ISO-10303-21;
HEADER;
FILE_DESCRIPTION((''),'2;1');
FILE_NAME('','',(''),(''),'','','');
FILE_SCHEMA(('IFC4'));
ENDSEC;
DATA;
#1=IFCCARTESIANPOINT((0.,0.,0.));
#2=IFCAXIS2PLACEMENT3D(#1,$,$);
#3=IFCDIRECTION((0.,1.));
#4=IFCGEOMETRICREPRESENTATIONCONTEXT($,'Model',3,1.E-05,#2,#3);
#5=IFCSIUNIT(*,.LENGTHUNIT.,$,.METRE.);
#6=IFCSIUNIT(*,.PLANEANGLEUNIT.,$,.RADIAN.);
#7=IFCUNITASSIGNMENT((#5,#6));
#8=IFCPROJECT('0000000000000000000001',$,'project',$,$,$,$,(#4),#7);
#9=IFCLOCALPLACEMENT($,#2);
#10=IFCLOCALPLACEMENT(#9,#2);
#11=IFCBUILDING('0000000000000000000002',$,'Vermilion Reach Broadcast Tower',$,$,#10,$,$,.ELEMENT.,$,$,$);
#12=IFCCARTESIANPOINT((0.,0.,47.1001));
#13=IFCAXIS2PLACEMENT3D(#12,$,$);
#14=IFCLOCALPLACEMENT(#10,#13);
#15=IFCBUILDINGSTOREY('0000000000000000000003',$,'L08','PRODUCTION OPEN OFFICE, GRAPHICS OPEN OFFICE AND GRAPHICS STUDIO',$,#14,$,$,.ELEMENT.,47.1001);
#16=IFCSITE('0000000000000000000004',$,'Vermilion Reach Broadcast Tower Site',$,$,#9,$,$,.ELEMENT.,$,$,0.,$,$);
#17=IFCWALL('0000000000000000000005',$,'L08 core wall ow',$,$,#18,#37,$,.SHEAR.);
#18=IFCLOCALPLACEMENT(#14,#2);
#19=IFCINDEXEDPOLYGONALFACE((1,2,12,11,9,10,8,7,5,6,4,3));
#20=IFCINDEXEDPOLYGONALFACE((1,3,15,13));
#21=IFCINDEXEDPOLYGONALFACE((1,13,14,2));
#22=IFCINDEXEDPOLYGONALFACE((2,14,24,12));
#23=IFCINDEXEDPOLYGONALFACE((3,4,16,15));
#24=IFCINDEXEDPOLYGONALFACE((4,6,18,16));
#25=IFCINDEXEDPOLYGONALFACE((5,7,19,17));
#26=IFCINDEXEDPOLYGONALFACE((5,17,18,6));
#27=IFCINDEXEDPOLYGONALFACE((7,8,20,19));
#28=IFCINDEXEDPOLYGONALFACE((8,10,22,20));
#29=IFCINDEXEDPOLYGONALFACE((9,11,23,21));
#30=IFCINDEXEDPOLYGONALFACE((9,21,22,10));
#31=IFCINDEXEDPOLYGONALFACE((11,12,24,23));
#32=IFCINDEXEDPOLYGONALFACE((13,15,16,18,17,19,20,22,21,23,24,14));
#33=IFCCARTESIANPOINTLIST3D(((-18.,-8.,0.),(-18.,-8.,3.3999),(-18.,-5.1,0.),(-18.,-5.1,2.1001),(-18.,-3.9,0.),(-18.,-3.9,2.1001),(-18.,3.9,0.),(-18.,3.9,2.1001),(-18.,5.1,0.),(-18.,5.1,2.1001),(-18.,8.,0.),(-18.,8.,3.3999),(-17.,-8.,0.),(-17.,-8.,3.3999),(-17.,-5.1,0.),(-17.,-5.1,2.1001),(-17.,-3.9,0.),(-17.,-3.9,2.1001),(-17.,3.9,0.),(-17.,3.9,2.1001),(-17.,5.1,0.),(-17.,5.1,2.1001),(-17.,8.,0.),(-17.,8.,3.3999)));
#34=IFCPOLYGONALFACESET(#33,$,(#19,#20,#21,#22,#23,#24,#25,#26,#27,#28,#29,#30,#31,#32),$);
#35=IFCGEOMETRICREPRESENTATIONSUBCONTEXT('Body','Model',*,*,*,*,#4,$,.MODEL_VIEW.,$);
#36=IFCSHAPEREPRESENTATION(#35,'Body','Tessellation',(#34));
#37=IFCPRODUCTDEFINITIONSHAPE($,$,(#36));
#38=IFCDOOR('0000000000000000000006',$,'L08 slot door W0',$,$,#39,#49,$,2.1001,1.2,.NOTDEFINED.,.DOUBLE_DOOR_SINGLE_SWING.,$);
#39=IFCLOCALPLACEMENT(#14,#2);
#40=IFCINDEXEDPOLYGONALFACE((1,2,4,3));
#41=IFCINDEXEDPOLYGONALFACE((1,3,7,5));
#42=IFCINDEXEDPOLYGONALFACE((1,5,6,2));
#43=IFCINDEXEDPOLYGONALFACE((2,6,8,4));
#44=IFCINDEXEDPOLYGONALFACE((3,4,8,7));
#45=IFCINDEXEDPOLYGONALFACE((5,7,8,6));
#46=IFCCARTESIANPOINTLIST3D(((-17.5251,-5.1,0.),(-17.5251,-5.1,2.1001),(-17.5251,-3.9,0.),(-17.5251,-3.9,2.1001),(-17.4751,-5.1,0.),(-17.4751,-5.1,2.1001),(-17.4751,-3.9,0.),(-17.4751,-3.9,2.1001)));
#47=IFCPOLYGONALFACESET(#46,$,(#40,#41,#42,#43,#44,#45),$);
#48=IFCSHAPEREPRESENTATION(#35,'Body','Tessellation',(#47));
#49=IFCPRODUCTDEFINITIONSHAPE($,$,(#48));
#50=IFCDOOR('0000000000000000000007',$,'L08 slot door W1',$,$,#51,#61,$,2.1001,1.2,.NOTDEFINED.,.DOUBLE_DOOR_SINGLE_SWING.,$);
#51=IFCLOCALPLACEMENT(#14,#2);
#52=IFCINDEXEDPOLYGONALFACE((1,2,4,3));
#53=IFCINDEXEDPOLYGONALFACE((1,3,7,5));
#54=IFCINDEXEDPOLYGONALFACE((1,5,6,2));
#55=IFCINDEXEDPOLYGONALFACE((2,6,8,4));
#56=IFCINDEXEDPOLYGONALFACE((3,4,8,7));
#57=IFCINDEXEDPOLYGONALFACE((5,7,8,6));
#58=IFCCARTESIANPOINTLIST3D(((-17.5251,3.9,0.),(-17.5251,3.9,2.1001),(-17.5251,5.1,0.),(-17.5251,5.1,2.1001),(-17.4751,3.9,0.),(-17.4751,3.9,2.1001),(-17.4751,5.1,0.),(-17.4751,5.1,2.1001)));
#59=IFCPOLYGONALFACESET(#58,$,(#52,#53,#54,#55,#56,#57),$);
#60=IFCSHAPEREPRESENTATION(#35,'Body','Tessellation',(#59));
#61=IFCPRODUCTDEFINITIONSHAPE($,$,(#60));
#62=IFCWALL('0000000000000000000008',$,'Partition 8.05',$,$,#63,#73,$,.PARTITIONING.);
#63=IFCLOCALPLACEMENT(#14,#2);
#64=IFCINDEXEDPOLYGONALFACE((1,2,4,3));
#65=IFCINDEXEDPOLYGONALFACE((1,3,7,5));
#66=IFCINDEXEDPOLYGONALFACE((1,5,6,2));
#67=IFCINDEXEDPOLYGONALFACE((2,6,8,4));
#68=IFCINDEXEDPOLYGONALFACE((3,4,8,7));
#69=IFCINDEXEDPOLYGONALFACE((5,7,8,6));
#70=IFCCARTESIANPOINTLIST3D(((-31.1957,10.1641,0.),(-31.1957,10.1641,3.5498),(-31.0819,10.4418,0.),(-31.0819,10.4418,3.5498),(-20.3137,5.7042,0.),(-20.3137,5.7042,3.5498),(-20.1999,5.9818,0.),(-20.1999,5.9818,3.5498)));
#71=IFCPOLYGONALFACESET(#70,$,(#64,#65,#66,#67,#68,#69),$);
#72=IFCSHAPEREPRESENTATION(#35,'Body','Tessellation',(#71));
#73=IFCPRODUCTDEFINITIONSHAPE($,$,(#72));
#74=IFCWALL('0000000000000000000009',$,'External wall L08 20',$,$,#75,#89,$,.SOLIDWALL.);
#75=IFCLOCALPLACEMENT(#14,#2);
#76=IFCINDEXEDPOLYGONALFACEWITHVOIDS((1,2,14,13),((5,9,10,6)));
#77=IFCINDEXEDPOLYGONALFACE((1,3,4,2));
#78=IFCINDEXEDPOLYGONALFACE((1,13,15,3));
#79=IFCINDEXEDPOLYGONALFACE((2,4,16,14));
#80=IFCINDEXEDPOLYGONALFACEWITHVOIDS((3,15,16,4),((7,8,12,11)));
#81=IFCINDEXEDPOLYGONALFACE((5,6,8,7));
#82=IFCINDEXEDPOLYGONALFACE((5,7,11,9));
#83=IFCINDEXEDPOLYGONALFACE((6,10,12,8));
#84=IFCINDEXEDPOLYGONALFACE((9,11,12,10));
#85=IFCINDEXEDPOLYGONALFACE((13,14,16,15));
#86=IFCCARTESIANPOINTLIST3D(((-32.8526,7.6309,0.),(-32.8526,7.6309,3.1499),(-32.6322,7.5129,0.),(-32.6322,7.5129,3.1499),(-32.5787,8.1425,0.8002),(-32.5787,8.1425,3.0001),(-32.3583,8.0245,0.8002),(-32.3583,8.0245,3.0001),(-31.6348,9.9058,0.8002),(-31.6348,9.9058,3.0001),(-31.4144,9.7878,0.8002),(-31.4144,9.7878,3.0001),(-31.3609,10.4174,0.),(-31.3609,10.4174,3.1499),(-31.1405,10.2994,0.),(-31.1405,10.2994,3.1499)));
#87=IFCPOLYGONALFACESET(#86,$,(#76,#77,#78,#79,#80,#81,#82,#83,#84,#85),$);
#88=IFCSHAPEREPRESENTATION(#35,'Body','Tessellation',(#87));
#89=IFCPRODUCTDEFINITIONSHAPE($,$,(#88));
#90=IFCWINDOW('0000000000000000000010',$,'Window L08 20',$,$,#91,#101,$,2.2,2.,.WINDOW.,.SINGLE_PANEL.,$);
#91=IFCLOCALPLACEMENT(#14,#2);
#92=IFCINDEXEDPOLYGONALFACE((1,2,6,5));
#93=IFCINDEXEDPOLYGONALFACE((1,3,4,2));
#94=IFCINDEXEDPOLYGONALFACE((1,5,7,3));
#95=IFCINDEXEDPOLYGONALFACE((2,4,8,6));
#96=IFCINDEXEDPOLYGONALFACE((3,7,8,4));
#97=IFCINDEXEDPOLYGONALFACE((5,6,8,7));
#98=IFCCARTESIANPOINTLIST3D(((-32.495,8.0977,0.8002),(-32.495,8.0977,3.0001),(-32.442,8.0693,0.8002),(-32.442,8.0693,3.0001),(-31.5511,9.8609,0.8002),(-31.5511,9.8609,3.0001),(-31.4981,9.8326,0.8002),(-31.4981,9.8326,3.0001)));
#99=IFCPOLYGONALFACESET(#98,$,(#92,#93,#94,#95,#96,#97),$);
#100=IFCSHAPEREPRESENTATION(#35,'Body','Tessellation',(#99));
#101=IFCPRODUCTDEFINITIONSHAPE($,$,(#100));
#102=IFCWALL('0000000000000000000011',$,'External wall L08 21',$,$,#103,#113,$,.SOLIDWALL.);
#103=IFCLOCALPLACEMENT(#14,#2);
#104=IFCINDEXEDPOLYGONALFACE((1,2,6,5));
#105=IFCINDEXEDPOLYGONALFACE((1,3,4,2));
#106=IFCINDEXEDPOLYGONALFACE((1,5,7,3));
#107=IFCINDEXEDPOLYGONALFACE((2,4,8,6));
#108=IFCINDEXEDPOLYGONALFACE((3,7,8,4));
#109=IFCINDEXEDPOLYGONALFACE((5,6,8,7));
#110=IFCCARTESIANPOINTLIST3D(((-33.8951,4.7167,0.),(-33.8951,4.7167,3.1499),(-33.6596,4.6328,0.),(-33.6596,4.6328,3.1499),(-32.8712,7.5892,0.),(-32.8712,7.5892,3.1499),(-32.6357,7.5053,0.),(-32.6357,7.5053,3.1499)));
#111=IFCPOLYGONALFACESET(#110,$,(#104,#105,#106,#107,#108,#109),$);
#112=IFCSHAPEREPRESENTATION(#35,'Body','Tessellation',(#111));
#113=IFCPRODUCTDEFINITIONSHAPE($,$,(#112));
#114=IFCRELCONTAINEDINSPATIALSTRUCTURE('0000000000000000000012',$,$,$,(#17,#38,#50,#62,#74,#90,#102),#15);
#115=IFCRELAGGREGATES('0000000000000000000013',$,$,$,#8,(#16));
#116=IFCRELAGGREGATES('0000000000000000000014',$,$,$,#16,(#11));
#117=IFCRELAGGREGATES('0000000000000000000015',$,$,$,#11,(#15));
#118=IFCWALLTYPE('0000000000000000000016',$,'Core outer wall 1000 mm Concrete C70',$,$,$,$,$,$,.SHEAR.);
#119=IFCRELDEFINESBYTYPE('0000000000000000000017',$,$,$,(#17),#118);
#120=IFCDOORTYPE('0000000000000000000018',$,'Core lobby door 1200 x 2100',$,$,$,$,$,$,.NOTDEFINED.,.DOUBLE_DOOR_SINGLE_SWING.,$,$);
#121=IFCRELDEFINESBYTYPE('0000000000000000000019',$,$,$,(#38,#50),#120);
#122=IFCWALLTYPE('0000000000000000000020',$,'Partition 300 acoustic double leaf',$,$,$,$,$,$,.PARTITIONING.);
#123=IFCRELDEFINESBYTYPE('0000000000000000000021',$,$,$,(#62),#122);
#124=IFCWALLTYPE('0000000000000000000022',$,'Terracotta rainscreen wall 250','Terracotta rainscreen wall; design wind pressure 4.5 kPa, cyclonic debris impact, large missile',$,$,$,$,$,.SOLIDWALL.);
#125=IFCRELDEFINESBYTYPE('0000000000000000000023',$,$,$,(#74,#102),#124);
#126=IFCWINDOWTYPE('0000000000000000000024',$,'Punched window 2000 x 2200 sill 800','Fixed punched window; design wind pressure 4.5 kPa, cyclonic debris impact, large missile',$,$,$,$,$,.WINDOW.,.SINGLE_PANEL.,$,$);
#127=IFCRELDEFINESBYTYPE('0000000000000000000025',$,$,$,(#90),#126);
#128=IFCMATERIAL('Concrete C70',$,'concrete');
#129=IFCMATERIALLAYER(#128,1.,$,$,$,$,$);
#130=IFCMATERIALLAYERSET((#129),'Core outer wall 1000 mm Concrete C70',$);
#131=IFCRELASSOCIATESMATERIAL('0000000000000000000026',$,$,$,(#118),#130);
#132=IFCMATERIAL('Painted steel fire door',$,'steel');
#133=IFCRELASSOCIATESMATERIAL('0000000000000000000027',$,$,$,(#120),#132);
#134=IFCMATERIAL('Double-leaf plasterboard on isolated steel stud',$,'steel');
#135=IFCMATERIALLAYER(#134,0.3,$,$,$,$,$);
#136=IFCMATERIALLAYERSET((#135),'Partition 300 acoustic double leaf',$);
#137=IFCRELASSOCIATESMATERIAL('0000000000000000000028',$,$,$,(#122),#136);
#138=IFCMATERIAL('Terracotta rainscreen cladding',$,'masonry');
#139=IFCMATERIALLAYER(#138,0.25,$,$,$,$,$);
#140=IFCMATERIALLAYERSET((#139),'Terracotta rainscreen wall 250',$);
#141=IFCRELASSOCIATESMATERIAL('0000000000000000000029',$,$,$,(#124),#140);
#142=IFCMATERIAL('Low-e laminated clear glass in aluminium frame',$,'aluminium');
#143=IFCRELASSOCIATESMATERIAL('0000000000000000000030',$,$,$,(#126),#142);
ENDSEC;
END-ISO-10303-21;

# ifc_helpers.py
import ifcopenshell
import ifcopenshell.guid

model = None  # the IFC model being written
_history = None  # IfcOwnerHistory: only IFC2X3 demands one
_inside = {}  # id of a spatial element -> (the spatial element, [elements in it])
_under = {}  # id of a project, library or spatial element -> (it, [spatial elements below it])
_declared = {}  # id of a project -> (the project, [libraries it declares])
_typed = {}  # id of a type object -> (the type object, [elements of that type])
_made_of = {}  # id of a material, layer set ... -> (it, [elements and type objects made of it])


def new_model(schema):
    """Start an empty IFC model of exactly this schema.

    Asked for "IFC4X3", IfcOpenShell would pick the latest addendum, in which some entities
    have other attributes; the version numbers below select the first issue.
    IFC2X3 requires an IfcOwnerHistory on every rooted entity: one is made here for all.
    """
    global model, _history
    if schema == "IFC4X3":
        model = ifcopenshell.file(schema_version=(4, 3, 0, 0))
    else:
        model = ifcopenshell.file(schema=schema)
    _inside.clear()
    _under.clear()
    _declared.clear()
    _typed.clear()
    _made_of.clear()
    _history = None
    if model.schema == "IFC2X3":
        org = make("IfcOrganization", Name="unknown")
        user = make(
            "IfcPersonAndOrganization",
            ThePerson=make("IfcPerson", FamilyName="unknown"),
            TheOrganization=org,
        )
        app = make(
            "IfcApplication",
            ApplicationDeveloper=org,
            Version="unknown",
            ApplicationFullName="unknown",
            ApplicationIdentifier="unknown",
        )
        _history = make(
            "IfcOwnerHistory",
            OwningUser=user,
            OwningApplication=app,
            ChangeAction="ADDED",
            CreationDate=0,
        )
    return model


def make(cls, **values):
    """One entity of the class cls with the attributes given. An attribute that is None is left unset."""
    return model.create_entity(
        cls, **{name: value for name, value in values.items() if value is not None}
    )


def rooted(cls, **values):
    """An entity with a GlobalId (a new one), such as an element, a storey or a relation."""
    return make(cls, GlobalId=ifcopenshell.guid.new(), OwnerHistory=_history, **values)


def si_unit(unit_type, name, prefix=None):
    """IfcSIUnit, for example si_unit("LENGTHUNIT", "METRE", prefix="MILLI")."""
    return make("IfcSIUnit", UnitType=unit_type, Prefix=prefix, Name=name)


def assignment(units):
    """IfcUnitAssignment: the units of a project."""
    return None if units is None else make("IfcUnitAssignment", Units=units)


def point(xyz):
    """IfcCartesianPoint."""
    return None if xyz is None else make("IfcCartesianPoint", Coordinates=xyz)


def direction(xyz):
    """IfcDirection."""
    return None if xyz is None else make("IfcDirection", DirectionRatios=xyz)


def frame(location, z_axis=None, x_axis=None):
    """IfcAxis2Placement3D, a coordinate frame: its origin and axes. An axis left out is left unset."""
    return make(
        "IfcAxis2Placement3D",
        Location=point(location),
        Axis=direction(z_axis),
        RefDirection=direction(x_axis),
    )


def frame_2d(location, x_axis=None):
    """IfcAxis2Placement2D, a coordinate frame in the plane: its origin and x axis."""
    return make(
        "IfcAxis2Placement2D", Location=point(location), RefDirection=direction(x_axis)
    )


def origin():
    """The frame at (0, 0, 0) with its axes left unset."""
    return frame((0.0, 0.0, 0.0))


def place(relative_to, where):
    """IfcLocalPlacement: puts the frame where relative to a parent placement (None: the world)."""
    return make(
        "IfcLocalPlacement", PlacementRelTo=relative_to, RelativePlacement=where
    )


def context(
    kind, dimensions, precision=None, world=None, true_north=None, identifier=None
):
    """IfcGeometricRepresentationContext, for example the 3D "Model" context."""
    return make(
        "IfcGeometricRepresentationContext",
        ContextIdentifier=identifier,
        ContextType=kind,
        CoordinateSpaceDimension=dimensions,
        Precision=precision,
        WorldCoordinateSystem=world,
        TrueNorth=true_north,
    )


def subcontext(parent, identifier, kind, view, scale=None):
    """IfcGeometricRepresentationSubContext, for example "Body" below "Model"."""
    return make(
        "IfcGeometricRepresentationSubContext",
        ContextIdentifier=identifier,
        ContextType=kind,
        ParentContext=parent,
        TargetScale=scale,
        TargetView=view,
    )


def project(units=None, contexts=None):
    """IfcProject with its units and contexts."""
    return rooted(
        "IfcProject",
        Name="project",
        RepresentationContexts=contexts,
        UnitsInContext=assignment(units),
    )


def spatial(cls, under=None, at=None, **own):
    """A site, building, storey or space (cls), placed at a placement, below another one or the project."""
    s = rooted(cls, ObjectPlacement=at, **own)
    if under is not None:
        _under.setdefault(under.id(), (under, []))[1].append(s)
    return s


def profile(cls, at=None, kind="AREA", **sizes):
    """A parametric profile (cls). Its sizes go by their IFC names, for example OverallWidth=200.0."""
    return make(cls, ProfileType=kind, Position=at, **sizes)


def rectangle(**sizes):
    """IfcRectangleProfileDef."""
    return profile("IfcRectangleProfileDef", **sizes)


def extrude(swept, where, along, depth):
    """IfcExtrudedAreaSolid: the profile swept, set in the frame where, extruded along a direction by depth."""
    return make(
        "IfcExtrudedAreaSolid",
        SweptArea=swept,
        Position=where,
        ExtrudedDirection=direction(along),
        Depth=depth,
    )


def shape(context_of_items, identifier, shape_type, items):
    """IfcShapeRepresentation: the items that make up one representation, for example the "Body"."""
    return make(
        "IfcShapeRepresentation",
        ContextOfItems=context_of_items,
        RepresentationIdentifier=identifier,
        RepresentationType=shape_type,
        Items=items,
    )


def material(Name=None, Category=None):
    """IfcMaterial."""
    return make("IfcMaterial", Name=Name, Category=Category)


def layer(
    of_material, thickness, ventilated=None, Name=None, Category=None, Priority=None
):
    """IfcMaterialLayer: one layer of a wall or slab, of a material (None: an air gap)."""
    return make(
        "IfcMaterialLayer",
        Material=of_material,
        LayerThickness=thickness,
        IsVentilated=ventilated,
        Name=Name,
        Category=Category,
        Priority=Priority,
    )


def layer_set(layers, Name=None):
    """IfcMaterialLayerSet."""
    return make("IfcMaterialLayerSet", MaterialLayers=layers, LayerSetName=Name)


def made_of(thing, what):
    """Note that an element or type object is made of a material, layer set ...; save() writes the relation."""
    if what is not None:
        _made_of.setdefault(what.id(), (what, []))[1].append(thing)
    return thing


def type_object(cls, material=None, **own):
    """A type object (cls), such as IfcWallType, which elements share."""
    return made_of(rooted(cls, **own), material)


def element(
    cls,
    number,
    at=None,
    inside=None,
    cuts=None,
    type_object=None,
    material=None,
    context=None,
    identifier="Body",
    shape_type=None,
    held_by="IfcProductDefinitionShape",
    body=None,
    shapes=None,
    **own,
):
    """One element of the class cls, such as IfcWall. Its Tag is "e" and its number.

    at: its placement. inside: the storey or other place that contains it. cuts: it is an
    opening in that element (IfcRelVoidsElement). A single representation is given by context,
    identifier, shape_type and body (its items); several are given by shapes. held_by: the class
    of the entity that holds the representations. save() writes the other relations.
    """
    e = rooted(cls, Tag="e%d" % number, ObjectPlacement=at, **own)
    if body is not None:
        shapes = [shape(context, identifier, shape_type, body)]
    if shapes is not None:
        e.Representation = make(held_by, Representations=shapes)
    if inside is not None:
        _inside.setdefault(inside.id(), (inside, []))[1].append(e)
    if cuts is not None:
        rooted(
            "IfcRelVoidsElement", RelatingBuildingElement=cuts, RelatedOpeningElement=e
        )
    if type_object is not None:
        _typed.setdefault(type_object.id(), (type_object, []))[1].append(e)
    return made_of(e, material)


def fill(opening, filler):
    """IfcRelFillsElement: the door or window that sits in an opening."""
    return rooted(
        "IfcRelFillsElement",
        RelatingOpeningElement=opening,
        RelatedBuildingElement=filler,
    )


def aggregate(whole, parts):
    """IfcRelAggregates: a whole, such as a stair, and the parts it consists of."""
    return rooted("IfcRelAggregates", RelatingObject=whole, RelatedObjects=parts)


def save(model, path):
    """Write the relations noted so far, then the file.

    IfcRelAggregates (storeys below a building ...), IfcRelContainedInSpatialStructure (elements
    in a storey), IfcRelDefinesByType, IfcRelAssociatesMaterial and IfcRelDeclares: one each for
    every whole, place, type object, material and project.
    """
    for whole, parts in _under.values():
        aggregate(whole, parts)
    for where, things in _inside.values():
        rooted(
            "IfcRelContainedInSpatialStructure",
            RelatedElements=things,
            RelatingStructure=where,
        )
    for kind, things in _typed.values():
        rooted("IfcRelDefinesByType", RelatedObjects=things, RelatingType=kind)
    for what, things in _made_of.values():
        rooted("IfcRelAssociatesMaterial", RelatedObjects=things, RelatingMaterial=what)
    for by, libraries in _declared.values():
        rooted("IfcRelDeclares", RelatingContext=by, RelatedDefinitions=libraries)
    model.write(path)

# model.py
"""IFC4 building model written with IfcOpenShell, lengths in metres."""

from ifc_helpers import new_model, si_unit, direction, frame, frame_2d, origin, place, context, subcontext, project, spatial, rectangle, extrude, material, layer, layer_set, type_object, element, fill, save


model = new_model("IFC4")

# Units and contexts
model_context = context("Model", 3, precision=1e-05, world=origin(), true_north=direction((0.0, 1.0)))
body_context = subcontext(model_context, "Body", "Model", "MODEL_VIEW")
ifc_project = project(units=[si_unit("LENGTHUNIT", "METRE"), si_unit("PLANEANGLEUNIT", "RADIAN")], contexts=[model_context])

# Site, building, storey
site_placement = place(None, origin())
site = spatial("IfcSite", under=ifc_project, at=site_placement, Name="Vermilion Reach Broadcast Tower Site", CompositionType="ELEMENT", RefElevation=0.0)
building_placement = place(site_placement, origin())
building = spatial("IfcBuilding", under=site, at=building_placement, Name="Vermilion Reach Broadcast Tower", CompositionType="ELEMENT")
storey_placement = place(building_placement, frame((0.0, 0.0, 47.1001)))
storey = spatial("IfcBuildingStorey", under=building, at=storey_placement, Name="L08", Description="PRODUCTION OPEN OFFICE, GRAPHICS OPEN OFFICE AND GRAPHICS STUDIO", CompositionType="ELEMENT", Elevation=47.1001)

# Wall, openings, doors
ifc_material_1 = material(Name="Concrete C70", Category="concrete")
ifc_layer_1 = layer(ifc_material_1, 1.0)
ifc_layer_set_1 = layer_set([ifc_layer_1], Name="Core outer wall 1000 mm Concrete C70")
wall_type_1 = type_object("IfcWallType", Name="Core outer wall 1000 mm Concrete C70", PredefinedType="SHEAR", material=ifc_layer_set_1)
wall_1_placement = place(storey_placement, frame((-17.5, 8.0, 0.0), z_axis=(0.0, 0.0, 1.0), x_axis=(0.0, -1.0, 0.0)))
wall_1 = element("IfcWall", 1, at=wall_1_placement, inside=storey, type_object=wall_type_1, Name="L08 core wall ow", PredefinedType="SHEAR", context=body_context, shape_type="SweptSolid", body=[
    extrude(rectangle(XDim=16.0, YDim=1.0, at=frame_2d((8.0, 0.0))), origin(), (0.0, 0.0, 1.0), 3.3999),
])
opening_1_placement = place(wall_1_placement, frame((11.8999, 0.0, 0.0)))
opening_1 = element("IfcOpeningElement", 2, at=opening_1_placement, cuts=wall_1, PredefinedType="OPENING", context=body_context, shape_type="SweptSolid", body=[
    extrude(rectangle(XDim=1.2, YDim=2.1001, at=frame_2d((0.6001, 1.05))), frame((0.0, 0.51, 0.0), z_axis=(0.0, -1.0, 0.0), x_axis=(1.0, 0.0, 0.0)), (0.0, 0.0, 1.0), 1.02),
])
opening_2_placement = place(wall_1_placement, frame((2.8999, 0.0, 0.0)))
opening_2 = element("IfcOpeningElement", 3, at=opening_2_placement, cuts=wall_1, PredefinedType="OPENING", context=body_context, shape_type="SweptSolid", body=[
    extrude(rectangle(XDim=1.2, YDim=2.1001, at=frame_2d((0.6001, 1.05))), frame((0.0, 0.51, 0.0), z_axis=(0.0, -1.0, 0.0), x_axis=(1.0, 0.0, 0.0)), (0.0, 0.0, 1.0), 1.02),
])
ifc_material_2 = material(Name="Painted steel fire door", Category="steel")
door_type = type_object("IfcDoorType", Name="Core lobby door 1200 x 2100", OperationType="DOUBLE_DOOR_SINGLE_SWING", PredefinedType="NOTDEFINED", material=ifc_material_2)
door_1_placement = place(opening_1_placement, origin())
door_1 = element("IfcDoor", 4, at=door_1_placement, inside=storey, type_object=door_type, Name="L08 slot door W0", OperationType="DOUBLE_DOOR_SINGLE_SWING", OverallHeight=2.1001, OverallWidth=1.2, PredefinedType="NOTDEFINED", context=body_context, shape_type="SweptSolid", body=[
    extrude(rectangle(XDim=1.2, YDim=2.1001, at=frame_2d((0.6001, 1.05))), frame((0.0, 0.0249, 0.0), z_axis=(0.0, -1.0, 0.0), x_axis=(1.0, 0.0, 0.0)), (0.0, 0.0, 1.0), 0.05),
])
fill(opening_1, door_1)
door_2_placement = place(opening_2_placement, origin())
door_2 = element("IfcDoor", 5, at=door_2_placement, inside=storey, type_object=door_type, Name="L08 slot door W1", OperationType="DOUBLE_DOOR_SINGLE_SWING", OverallHeight=2.1001, OverallWidth=1.2, PredefinedType="NOTDEFINED", context=body_context, shape_type="SweptSolid", body=[
    extrude(rectangle(XDim=1.2, YDim=2.1001, at=frame_2d((0.6001, 1.05))), frame((0.0, 0.0249, 0.0), z_axis=(0.0, -1.0, 0.0), x_axis=(1.0, 0.0, 0.0)), (0.0, 0.0, 1.0), 0.05),
])
fill(opening_2, door_2)

# Wall
ifc_material_3 = material(Name="Double-leaf plasterboard on isolated steel stud", Category="steel")
ifc_layer_2 = layer(ifc_material_3, 0.3)
ifc_layer_set_2 = layer_set([ifc_layer_2], Name="Partition 300 acoustic double leaf")
wall_type_2 = type_object("IfcWallType", Name="Partition 300 acoustic double leaf", PredefinedType="PARTITIONING", material=ifc_layer_set_2)
wall_2_placement = place(storey_placement, frame((-31.1389, 10.303, 0.0), z_axis=(0.0, 0.0, 1.0), x_axis=(0.925302, -0.37923, 0.0)))
element("IfcWall", 6, at=wall_2_placement, inside=storey, type_object=wall_type_2, Name="Partition 8.05", PredefinedType="PARTITIONING", context=body_context, shape_type="SweptSolid", body=[
    extrude(rectangle(XDim=11.7605, YDim=0.3, at=frame_2d((5.8804, 0.0))), origin(), (0.0, 0.0, 1.0), 3.5498),
])

# Wall, opening, window
ifc_material_4 = material(Name="Terracotta rainscreen cladding", Category="masonry")
ifc_layer_3 = layer(ifc_material_4, 0.25)
ifc_layer_set_3 = layer_set([ifc_layer_3], Name="Terracotta rainscreen wall 250")
wall_type_3 = type_object("IfcWallType", Name="Terracotta rainscreen wall 250", Description="Terracotta rainscreen wall; design wind pressure 4.5 kPa, cyclonic debris impact, large missile", PredefinedType="SOLIDWALL", material=ifc_layer_set_3)
wall_3_placement = place(storey_placement, frame((-31.2507, 10.3584, 0.0), z_axis=(0.0, 0.0, 1.0), x_axis=(-0.471943, -0.881629, 0.0)))
wall_3 = element("IfcWall", 7, at=wall_3_placement, inside=storey, type_object=wall_type_3, Name="External wall L08 20", PredefinedType="SOLIDWALL", context=body_context, shape_type="SweptSolid", body=[
    extrude(rectangle(XDim=3.1606, YDim=0.25, at=frame_2d((1.5803, 0.0))), origin(), (0.0, 0.0, 1.0), 3.1499),
])
opening_3_placement = place(wall_3_placement, frame((0.5803, 0.0, 0.8)))
opening_3 = element("IfcOpeningElement", 8, at=opening_3_placement, cuts=wall_3, PredefinedType="OPENING", context=body_context, shape_type="SweptSolid", body=[
    extrude(rectangle(XDim=2.0, YDim=2.2, at=frame_2d((1.0, 1.1001))), frame((0.0, 0.135, 0.0), z_axis=(0.0, -1.0, 0.0), x_axis=(1.0, 0.0, 0.0)), (0.0, 0.0, 1.0), 0.27),
])
ifc_material_5 = material(Name="Low-e laminated clear glass in aluminium frame", Category="aluminium")
window_type = type_object("IfcWindowType", Name="Punched window 2000 x 2200 sill 800", Description="Fixed punched window; design wind pressure 4.5 kPa, cyclonic debris impact, large missile", PartitioningType="SINGLE_PANEL", PredefinedType="WINDOW", material=ifc_material_5)
window_placement = place(opening_3_placement, origin())
window = element("IfcWindow", 9, at=window_placement, inside=storey, type_object=window_type, Name="Window L08 20", OverallHeight=2.2, OverallWidth=2.0, PartitioningType="SINGLE_PANEL", PredefinedType="WINDOW", context=body_context, shape_type="SweptSolid", body=[
    extrude(rectangle(XDim=2.0, YDim=2.2, at=frame_2d((1.0, 1.1001))), frame((0.0, 0.03, 0.0), z_axis=(0.0, -1.0, 0.0), x_axis=(1.0, 0.0, 0.0)), (0.0, 0.0, 1.0), 0.0601),
])
fill(opening_3, window)

# Wall
wall_4_placement = place(storey_placement, frame((-32.7534, 7.5474, 0.0), z_axis=(0.0, 0.0, 1.0), x_axis=(-0.335758, -0.941948, 0.0)))
element("IfcWall", 10, at=wall_4_placement, inside=storey, type_object=wall_type_3, Name="External wall L08 21", PredefinedType="SOLIDWALL", context=body_context, shape_type="SweptSolid", body=[
    extrude(rectangle(XDim=3.0496, YDim=0.25, at=frame_2d((1.5249, 0.0))), origin(), (0.0, 0.0, 1.0), 3.1499),
])

save(model, "model.ifc")
